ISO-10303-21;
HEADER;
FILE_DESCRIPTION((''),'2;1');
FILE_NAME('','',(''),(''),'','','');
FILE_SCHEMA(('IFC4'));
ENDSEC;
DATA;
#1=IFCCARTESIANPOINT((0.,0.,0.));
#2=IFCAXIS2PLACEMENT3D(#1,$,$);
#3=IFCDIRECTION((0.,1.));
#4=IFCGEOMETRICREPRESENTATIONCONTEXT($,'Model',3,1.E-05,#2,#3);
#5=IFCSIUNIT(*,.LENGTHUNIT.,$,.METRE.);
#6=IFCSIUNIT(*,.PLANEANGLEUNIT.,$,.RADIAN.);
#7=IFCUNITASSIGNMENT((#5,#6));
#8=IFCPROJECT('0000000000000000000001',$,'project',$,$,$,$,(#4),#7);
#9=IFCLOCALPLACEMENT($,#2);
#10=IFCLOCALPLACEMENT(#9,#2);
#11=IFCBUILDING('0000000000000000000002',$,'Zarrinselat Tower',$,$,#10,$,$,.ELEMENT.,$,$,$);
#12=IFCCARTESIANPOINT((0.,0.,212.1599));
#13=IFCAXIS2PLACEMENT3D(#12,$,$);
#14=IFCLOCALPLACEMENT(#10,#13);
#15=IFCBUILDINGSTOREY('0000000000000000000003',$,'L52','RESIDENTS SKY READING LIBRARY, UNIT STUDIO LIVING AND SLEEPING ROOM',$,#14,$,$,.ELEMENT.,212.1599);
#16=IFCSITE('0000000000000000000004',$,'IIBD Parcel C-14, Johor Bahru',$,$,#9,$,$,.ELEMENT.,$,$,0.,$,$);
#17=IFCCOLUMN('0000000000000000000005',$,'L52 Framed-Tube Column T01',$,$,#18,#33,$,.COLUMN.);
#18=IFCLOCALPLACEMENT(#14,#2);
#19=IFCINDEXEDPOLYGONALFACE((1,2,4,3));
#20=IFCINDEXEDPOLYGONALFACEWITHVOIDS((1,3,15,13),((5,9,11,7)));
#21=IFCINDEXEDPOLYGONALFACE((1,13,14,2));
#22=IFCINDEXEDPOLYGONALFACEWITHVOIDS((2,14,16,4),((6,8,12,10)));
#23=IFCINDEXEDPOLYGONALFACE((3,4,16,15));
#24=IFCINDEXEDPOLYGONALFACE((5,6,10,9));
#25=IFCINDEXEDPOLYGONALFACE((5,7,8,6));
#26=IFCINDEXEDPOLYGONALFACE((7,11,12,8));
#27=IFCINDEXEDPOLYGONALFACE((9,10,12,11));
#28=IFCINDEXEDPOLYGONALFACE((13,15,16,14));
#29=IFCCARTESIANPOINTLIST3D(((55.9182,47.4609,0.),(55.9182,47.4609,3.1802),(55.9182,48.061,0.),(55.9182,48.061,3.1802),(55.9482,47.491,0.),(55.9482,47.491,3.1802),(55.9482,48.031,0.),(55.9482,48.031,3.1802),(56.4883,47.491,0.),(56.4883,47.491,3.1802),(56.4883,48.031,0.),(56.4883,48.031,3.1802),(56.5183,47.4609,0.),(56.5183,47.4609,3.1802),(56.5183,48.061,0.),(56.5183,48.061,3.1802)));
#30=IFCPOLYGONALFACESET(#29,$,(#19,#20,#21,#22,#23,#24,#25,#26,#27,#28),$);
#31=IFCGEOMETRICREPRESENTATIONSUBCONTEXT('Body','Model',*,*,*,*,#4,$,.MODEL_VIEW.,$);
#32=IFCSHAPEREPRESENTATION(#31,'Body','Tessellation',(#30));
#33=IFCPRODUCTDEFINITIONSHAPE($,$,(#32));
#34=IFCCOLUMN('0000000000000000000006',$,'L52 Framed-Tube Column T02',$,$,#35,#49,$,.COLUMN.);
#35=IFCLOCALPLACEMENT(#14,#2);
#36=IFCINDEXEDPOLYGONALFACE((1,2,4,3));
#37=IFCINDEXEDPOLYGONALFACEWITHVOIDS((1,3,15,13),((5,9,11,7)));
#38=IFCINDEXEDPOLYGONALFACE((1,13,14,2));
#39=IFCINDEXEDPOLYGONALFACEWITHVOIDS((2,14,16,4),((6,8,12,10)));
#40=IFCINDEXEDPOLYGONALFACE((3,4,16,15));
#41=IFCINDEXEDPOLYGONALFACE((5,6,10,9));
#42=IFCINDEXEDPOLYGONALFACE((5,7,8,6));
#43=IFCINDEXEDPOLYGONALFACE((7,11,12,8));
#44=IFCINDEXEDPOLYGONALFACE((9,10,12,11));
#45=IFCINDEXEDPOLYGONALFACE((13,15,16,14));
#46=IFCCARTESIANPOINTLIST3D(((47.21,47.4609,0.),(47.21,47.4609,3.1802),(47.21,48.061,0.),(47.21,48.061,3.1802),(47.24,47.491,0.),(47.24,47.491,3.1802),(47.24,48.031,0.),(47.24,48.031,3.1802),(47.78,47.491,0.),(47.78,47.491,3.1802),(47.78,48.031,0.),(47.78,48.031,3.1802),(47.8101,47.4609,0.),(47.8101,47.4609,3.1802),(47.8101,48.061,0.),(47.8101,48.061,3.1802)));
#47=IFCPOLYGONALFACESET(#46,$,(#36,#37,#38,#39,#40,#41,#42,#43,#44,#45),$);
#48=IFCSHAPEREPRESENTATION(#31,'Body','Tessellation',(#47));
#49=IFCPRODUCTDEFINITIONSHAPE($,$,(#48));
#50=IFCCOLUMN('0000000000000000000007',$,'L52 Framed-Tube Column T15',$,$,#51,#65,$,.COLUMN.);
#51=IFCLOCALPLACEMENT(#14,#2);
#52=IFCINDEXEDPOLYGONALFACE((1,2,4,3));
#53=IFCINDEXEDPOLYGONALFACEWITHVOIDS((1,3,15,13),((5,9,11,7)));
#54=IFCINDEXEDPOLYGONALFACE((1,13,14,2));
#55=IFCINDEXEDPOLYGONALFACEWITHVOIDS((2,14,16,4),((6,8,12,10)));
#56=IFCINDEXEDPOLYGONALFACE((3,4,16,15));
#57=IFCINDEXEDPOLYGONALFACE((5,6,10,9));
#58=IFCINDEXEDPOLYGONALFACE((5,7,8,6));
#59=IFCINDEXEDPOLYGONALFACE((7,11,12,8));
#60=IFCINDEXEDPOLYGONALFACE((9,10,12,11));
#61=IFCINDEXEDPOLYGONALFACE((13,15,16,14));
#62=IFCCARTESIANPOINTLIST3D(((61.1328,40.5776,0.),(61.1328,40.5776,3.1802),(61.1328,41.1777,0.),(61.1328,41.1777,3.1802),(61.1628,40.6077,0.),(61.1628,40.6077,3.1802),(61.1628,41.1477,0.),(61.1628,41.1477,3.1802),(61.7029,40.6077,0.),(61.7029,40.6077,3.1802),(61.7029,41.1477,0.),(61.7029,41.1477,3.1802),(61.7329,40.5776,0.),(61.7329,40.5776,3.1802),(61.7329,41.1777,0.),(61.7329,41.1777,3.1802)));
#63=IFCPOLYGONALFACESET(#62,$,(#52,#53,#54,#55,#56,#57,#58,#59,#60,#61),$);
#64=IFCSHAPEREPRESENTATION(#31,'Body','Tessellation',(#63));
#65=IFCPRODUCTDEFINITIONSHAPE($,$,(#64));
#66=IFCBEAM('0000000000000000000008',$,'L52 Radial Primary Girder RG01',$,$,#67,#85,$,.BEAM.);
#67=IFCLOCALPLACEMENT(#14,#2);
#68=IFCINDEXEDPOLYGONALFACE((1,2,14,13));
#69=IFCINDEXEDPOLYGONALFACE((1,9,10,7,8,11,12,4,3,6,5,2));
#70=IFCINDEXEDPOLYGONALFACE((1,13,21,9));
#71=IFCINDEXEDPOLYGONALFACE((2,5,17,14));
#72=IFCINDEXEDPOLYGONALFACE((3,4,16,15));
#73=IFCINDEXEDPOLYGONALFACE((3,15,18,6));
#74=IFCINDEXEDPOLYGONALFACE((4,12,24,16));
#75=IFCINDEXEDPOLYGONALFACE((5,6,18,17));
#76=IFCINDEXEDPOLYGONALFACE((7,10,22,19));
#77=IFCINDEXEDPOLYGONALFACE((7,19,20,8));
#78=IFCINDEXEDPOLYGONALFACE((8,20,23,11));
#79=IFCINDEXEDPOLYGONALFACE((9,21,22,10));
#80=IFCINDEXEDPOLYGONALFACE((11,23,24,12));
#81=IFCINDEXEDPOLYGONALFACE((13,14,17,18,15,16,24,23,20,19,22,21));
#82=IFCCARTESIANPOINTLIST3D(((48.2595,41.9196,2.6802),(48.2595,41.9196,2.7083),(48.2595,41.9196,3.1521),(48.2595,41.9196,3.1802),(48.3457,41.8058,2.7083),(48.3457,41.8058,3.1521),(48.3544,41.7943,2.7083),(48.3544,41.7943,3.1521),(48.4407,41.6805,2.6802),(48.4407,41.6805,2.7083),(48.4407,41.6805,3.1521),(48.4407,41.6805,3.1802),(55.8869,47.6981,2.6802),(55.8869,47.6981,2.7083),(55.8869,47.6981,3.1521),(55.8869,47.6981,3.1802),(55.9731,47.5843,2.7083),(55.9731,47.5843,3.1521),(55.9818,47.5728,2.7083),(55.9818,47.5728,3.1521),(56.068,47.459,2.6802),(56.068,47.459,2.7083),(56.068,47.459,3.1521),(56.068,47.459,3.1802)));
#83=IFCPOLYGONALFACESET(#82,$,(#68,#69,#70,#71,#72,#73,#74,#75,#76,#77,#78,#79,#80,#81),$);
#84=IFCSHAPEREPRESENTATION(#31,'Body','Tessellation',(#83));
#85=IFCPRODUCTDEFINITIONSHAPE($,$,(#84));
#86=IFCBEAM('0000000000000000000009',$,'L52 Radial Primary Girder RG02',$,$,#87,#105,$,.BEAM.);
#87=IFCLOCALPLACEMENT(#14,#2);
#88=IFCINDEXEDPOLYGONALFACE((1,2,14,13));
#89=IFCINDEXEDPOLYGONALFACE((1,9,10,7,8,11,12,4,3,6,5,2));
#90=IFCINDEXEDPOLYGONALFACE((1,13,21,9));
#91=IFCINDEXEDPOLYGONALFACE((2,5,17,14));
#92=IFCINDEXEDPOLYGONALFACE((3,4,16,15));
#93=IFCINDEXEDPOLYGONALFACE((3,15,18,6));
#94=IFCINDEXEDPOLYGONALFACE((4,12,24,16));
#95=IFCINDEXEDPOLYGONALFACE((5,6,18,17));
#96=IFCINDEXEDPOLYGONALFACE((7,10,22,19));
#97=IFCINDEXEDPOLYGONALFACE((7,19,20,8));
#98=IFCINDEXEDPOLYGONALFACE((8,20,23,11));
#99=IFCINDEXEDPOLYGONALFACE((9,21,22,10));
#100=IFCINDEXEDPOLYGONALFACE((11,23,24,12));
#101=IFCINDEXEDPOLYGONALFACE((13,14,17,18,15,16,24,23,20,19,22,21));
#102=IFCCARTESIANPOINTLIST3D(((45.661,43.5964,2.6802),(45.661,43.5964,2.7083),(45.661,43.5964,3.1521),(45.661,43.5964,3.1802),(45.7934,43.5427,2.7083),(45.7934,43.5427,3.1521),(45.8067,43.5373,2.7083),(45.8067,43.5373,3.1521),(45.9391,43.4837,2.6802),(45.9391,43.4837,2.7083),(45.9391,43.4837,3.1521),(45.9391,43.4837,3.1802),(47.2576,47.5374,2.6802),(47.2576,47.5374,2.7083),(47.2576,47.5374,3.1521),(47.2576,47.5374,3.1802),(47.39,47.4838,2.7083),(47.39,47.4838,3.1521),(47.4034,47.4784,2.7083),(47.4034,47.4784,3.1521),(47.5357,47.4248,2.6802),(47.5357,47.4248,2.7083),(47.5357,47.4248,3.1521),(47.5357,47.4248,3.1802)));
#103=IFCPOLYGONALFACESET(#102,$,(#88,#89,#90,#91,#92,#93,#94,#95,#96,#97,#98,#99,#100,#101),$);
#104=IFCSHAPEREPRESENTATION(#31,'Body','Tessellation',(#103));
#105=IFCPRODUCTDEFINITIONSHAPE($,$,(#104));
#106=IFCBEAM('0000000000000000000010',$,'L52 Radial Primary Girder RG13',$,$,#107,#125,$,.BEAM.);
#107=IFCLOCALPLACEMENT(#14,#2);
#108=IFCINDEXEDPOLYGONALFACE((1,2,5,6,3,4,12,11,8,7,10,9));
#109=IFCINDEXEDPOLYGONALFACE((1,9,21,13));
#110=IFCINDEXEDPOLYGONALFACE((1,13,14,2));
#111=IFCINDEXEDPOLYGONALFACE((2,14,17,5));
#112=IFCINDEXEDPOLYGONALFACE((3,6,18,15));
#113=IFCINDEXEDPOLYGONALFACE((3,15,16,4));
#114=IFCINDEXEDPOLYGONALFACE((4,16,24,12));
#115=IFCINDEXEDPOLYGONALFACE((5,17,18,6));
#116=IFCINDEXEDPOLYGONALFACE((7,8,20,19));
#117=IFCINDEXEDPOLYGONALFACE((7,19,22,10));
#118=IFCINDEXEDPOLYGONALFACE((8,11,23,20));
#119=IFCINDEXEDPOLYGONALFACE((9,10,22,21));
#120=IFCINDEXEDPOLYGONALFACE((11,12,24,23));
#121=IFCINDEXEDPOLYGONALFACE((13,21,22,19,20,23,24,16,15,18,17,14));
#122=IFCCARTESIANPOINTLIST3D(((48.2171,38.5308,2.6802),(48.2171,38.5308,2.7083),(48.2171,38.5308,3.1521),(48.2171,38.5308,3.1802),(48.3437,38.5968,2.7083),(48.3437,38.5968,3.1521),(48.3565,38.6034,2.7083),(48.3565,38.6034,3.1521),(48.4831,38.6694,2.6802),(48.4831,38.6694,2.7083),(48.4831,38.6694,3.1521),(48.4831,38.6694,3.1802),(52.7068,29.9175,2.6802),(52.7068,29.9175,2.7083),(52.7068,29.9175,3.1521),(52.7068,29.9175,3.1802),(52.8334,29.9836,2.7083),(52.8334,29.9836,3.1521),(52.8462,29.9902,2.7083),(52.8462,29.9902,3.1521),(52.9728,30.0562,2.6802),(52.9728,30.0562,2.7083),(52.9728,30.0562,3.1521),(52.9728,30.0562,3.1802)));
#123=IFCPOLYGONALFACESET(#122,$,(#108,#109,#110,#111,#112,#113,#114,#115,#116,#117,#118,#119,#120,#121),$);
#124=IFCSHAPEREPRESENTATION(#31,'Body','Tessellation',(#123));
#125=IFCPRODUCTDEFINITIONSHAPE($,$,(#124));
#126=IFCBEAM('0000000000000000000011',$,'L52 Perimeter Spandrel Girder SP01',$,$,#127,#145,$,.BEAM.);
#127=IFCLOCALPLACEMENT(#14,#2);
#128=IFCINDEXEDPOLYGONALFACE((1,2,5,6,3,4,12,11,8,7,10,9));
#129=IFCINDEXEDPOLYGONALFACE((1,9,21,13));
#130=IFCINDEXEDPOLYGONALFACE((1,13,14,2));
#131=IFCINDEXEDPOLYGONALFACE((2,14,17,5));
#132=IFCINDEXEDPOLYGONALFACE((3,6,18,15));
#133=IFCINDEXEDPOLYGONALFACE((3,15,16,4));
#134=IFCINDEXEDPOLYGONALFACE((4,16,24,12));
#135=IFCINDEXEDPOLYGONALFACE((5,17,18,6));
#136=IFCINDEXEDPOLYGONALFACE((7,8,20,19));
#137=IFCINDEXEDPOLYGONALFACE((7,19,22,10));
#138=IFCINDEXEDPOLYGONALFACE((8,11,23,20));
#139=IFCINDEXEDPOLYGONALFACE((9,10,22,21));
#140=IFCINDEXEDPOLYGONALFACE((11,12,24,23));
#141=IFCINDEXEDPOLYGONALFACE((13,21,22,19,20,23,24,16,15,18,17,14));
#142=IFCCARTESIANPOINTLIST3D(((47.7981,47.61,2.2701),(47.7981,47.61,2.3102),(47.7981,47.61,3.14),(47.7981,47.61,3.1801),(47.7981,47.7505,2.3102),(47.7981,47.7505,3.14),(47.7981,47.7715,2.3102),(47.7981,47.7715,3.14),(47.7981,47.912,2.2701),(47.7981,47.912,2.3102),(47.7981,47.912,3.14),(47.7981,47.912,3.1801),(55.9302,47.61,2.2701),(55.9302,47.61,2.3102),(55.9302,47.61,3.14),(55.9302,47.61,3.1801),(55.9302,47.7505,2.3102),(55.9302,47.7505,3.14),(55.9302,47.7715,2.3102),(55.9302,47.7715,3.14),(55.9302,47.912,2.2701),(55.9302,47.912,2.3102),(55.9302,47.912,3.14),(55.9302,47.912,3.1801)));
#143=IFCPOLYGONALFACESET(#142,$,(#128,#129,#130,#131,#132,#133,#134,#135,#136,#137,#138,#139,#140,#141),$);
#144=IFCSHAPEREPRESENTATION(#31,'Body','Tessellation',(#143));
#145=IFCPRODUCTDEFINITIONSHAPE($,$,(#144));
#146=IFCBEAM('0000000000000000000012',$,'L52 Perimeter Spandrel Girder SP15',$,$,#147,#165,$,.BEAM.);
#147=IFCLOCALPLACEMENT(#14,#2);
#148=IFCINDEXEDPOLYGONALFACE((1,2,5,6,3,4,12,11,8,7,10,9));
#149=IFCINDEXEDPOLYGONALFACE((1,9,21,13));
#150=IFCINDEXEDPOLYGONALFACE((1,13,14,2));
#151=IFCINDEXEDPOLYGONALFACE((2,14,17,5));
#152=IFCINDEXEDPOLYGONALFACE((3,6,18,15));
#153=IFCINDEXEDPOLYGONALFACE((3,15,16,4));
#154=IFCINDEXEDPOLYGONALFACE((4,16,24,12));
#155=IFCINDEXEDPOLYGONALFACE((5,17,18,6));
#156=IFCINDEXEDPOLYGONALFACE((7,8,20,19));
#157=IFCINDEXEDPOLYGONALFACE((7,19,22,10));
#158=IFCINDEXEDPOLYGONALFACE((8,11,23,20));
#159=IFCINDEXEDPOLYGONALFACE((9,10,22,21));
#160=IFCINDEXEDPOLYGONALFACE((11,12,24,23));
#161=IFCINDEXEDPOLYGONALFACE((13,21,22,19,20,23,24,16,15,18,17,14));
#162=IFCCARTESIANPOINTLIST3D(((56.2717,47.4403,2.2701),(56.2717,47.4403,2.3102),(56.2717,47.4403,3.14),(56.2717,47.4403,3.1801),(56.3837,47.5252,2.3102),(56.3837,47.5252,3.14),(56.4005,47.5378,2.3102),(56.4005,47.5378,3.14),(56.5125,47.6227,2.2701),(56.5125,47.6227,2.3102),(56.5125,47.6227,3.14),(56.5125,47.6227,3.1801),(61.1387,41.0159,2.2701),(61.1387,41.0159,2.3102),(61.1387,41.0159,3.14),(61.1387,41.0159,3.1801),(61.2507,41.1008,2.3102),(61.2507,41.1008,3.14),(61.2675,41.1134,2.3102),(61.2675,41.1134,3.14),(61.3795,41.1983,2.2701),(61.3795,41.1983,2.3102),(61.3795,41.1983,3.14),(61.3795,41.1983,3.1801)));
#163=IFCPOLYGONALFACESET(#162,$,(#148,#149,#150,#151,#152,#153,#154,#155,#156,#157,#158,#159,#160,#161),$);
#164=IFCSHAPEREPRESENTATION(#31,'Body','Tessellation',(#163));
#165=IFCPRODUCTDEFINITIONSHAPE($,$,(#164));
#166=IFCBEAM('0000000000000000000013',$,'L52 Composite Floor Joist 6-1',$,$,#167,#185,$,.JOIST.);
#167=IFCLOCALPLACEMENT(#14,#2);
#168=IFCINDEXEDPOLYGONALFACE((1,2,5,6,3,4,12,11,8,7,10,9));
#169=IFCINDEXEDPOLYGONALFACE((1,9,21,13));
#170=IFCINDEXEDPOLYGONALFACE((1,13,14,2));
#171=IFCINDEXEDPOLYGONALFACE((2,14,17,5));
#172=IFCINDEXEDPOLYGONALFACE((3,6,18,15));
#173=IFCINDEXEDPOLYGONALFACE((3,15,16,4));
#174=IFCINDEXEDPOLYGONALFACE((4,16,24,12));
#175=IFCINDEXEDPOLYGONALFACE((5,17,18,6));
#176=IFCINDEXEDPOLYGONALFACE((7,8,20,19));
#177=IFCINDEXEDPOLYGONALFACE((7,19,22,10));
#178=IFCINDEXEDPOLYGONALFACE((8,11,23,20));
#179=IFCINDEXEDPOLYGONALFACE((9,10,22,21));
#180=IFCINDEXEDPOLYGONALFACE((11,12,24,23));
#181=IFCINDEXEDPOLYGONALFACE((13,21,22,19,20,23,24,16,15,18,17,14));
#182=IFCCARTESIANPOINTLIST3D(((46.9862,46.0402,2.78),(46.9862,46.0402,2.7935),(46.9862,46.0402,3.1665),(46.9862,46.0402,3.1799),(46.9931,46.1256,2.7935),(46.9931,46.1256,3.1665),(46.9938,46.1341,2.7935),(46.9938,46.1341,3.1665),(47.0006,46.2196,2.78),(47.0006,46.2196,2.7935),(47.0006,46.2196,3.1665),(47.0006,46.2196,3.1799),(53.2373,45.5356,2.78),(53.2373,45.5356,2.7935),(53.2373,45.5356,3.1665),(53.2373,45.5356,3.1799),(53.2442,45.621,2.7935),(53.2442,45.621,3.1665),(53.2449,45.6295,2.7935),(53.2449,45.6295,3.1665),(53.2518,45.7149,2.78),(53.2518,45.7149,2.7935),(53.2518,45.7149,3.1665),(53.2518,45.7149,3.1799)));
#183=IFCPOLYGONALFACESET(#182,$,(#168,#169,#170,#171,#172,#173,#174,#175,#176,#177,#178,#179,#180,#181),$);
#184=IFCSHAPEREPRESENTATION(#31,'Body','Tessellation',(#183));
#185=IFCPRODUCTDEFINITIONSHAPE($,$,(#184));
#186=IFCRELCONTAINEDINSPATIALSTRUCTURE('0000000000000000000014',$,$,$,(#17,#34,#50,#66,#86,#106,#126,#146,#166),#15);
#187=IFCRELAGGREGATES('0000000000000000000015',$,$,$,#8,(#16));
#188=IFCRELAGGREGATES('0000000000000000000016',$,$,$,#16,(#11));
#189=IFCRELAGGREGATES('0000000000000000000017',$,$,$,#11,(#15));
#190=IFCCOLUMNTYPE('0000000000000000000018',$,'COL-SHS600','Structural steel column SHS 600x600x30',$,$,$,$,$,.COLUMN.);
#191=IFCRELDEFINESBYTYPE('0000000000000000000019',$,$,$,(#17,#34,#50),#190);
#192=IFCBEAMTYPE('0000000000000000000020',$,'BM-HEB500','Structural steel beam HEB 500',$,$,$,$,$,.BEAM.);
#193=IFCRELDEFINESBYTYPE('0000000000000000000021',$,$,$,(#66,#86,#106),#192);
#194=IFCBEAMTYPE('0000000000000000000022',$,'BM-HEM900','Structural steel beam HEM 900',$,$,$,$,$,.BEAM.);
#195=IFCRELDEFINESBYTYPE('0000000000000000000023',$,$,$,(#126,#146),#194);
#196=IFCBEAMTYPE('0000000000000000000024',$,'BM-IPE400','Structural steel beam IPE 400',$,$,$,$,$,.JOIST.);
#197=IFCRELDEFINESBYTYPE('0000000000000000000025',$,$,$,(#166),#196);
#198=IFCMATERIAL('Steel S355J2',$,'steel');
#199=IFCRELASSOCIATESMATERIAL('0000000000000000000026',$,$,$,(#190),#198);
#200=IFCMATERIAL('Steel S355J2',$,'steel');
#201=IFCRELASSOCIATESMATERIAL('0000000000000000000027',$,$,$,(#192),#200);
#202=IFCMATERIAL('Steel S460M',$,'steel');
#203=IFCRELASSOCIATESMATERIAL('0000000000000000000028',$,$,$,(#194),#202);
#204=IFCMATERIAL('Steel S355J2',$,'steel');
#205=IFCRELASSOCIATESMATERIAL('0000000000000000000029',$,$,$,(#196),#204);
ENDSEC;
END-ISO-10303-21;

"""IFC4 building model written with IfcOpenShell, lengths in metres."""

from ifc_helpers import new_model, si_unit, direction, frame, origin, origin_2d, place, context, subcontext, project, spatial, hollow_rectangle, i_section, extrude, material, material_profile, profile_set, type_object, element, save


model = new_model("IFC4")

# Units and contexts
model_context = context("Model", 3, precision=1e-05, world=origin(), true_north=direction((0.0, 1.0)))
body_context = subcontext(model_context, "Body", "Model", "MODEL_VIEW")
ifc_project = project(units=[si_unit("LENGTHUNIT", "METRE"), si_unit("PLANEANGLEUNIT", "RADIAN")], contexts=[model_context])

# Site, building, storey
site_placement = place(None, origin())
site = spatial("IfcSite", under=ifc_project, at=site_placement, Name="IIBD Parcel C-14, Johor Bahru", CompositionType="ELEMENT", RefElevation=0.0)
building_placement = place(site_placement, origin())
building = spatial("IfcBuilding", under=site, at=building_placement, Name="Zarrinselat Tower", CompositionType="ELEMENT")
storey_placement = place(building_placement, frame((0.0, 0.0, 212.1599)))
storey = spatial("IfcBuildingStorey", under=building, at=storey_placement, Name="L52", Description="RESIDENTS SKY READING LIBRARY, UNIT STUDIO LIVING AND SLEEPING ROOM", CompositionType="ELEMENT", Elevation=212.1599)

# Columns
ifc_material_1 = material(Name="Steel S355J2", Category="steel")
ifc_material_profile_1 = material_profile(ifc_material_1, hollow_rectangle(XDim=0.6001, YDim=0.6001, WallThickness=0.03, at=origin_2d()), Name="SHS 600x600x30")
ifc_profile_set_1 = profile_set([ifc_material_profile_1], Name="Steel S355J2")
column_type = type_object("IfcColumnType", Name="COL-SHS600", Description="Structural steel column SHS 600x600x30", PredefinedType="COLUMN", material=ifc_profile_set_1)
for number, where, z_axis, x_axis, name in (
    (1, (56.2183, 47.761, 0.0), (0.0, 0.0, 1.0), (1.0, 0.0, 0.0), "L52 Framed-Tube Column T01"),
    (2, (47.51, 47.761, 0.0), (0.0, 0.0, 1.0), (1.0, 0.0, 0.0), "L52 Framed-Tube Column T02"),
    (3, (61.4329, 40.8777, 0.0), (0.0, 0.0, 1.0), (1.0, 0.0, 0.0), "L52 Framed-Tube Column T15"),
):
    element("IfcColumn", number, at=place(storey_placement, frame(where, z_axis=z_axis, x_axis=x_axis)), inside=storey, type_object=column_type, Name=name, PredefinedType="COLUMN", context=body_context, shape_type="SweptSolid", body=[
        extrude(hollow_rectangle(XDim=0.6001, YDim=0.6001, WallThickness=0.03, at=origin_2d()), origin(), (0.0, 0.0, 1.0), 3.1802),
    ])

# Beams
ifc_material_2 = material(Name="Steel S355J2", Category="steel")
ifc_material_profile_2 = material_profile(ifc_material_2, i_section(OverallWidth=0.3, OverallDepth=0.5, WebThickness=0.0144, FlangeThickness=0.0281, at=origin_2d()), Name="HEB 500")
ifc_profile_set_2 = profile_set([ifc_material_profile_2], Name="Steel S355J2")
beam_type_1 = type_object("IfcBeamType", Name="BM-HEB500", Description="Structural steel beam HEB 500", PredefinedType="BEAM", material=ifc_profile_set_2)
beam_1_placement = place(storey_placement, frame((48.3501, 41.8, 2.9302), z_axis=(0.797082, 0.603871, 0.0), x_axis=(-0.603871, 0.797082, 0.0)))
element("IfcBeam", 4, at=beam_1_placement, inside=storey, type_object=beam_type_1, Name="L52 Radial Primary Girder RG01", PredefinedType="BEAM", context=body_context, shape_type="SweptSolid", body=[
    extrude(i_section(OverallWidth=0.3, OverallDepth=0.5, WebThickness=0.0144, FlangeThickness=0.0281, at=origin_2d()), origin(), (0.0, 0.0, 1.0), 9.5691),
])
beam_2_placement = place(storey_placement, frame((45.8, 43.54, 2.9302), z_axis=(0.375485, 0.926828, 0.0), x_axis=(-0.926828, 0.375485, 0.0)))
element("IfcBeam", 5, at=beam_2_placement, inside=storey, type_object=beam_type_1, Name="L52 Radial Primary Girder RG02", PredefinedType="BEAM", context=body_context, shape_type="SweptSolid", body=[
    extrude(i_section(OverallWidth=0.3, OverallDepth=0.5, WebThickness=0.0144, FlangeThickness=0.0281, at=origin_2d()), origin(), (0.0, 0.0, 1.0), 4.2522),
])
beam_3_placement = place(storey_placement, frame((48.3501, 38.6001, 2.9302), z_axis=(0.462231, -0.88676, 0.0), x_axis=(0.88676, 0.462231, 0.0)))
element("IfcBeam", 6, at=beam_3_placement, inside=storey, type_object=beam_type_1, Name="L52 Radial Primary Girder RG13", PredefinedType="BEAM", context=body_context, shape_type="SweptSolid", body=[
    extrude(i_section(OverallWidth=0.3, OverallDepth=0.5, WebThickness=0.0144, FlangeThickness=0.0281, at=origin_2d()), origin(), (0.0, 0.0, 1.0), 9.7131),
])
ifc_material_3 = material(Name="Steel S460M", Category="steel")
ifc_material_profile_3 = material_profile(ifc_material_3, i_section(OverallWidth=0.302, OverallDepth=0.9099, WebThickness=0.021, FlangeThickness=0.04, at=origin_2d()), Name="HEM 900")
ifc_profile_set_3 = profile_set([ifc_material_profile_3], Name="Steel S460M")
beam_type_2 = type_object("IfcBeamType", Name="BM-HEM900", Description="Structural steel beam HEM 900", PredefinedType="BEAM", material=ifc_profile_set_3)
beam_4_placement = place(storey_placement, frame((47.7981, 47.761, 2.7251), z_axis=(1.0, 0.0, 0.0), x_axis=(0.0, 1.0, 0.0)))
element("IfcBeam", 7, at=beam_4_placement, inside=storey, type_object=beam_type_2, Name="L52 Perimeter Spandrel Girder SP01", PredefinedType="BEAM", context=body_context, shape_type="SweptSolid", body=[
    extrude(i_section(OverallWidth=0.302, OverallDepth=0.9099, WebThickness=0.021, FlangeThickness=0.04, at=origin_2d()), origin(), (0.0, 0.0, 1.0), 8.1321),
])
beam_5_placement = place(storey_placement, frame((56.3921, 47.5315, 2.7251), z_axis=(0.603861, -0.79709, 0.0), x_axis=(0.79709, 0.603861, 0.0)))
element("IfcBeam", 8, at=beam_5_placement, inside=storey, type_object=beam_type_2, Name="L52 Perimeter Spandrel Girder SP15", PredefinedType="BEAM", context=body_context, shape_type="SweptSolid", body=[
    extrude(i_section(OverallWidth=0.302, OverallDepth=0.9099, WebThickness=0.021, FlangeThickness=0.04, at=origin_2d()), origin(), (0.0, 0.0, 1.0), 8.0598),
])
ifc_material_4 = material(Name="Steel S355J2", Category="steel")
ifc_material_profile_4 = material_profile(ifc_material_4, i_section(OverallWidth=0.1799, OverallDepth=0.3999, WebThickness=0.0085, FlangeThickness=0.0134, at=origin_2d()), Name="IPE 400")
ifc_profile_set_4 = profile_set([ifc_material_profile_4], Name="Steel S355J2")
beam_type_3 = type_object("IfcBeamType", Name="BM-IPE400", Description="Structural steel beam IPE 400", PredefinedType="JOIST", material=ifc_profile_set_4)
beam_6_placement = place(storey_placement, frame((46.9934, 46.1299, 2.98), z_axis=(0.996757, -0.080465, 0.0), x_axis=(0.080465, 0.996757, 0.0)))
element("IfcBeam", 9, at=beam_6_placement, inside=storey, type_object=beam_type_3, Name="L52 Composite Floor Joist 6-1", PredefinedType="JOIST", context=body_context, shape_type="SweptSolid", body=[
    extrude(i_section(OverallWidth=0.1799, OverallDepth=0.3999, WebThickness=0.0085, FlangeThickness=0.0134, at=origin_2d()), origin(), (0.0, 0.0, 1.0), 6.2715),
])

save(model, "model.ifc")
